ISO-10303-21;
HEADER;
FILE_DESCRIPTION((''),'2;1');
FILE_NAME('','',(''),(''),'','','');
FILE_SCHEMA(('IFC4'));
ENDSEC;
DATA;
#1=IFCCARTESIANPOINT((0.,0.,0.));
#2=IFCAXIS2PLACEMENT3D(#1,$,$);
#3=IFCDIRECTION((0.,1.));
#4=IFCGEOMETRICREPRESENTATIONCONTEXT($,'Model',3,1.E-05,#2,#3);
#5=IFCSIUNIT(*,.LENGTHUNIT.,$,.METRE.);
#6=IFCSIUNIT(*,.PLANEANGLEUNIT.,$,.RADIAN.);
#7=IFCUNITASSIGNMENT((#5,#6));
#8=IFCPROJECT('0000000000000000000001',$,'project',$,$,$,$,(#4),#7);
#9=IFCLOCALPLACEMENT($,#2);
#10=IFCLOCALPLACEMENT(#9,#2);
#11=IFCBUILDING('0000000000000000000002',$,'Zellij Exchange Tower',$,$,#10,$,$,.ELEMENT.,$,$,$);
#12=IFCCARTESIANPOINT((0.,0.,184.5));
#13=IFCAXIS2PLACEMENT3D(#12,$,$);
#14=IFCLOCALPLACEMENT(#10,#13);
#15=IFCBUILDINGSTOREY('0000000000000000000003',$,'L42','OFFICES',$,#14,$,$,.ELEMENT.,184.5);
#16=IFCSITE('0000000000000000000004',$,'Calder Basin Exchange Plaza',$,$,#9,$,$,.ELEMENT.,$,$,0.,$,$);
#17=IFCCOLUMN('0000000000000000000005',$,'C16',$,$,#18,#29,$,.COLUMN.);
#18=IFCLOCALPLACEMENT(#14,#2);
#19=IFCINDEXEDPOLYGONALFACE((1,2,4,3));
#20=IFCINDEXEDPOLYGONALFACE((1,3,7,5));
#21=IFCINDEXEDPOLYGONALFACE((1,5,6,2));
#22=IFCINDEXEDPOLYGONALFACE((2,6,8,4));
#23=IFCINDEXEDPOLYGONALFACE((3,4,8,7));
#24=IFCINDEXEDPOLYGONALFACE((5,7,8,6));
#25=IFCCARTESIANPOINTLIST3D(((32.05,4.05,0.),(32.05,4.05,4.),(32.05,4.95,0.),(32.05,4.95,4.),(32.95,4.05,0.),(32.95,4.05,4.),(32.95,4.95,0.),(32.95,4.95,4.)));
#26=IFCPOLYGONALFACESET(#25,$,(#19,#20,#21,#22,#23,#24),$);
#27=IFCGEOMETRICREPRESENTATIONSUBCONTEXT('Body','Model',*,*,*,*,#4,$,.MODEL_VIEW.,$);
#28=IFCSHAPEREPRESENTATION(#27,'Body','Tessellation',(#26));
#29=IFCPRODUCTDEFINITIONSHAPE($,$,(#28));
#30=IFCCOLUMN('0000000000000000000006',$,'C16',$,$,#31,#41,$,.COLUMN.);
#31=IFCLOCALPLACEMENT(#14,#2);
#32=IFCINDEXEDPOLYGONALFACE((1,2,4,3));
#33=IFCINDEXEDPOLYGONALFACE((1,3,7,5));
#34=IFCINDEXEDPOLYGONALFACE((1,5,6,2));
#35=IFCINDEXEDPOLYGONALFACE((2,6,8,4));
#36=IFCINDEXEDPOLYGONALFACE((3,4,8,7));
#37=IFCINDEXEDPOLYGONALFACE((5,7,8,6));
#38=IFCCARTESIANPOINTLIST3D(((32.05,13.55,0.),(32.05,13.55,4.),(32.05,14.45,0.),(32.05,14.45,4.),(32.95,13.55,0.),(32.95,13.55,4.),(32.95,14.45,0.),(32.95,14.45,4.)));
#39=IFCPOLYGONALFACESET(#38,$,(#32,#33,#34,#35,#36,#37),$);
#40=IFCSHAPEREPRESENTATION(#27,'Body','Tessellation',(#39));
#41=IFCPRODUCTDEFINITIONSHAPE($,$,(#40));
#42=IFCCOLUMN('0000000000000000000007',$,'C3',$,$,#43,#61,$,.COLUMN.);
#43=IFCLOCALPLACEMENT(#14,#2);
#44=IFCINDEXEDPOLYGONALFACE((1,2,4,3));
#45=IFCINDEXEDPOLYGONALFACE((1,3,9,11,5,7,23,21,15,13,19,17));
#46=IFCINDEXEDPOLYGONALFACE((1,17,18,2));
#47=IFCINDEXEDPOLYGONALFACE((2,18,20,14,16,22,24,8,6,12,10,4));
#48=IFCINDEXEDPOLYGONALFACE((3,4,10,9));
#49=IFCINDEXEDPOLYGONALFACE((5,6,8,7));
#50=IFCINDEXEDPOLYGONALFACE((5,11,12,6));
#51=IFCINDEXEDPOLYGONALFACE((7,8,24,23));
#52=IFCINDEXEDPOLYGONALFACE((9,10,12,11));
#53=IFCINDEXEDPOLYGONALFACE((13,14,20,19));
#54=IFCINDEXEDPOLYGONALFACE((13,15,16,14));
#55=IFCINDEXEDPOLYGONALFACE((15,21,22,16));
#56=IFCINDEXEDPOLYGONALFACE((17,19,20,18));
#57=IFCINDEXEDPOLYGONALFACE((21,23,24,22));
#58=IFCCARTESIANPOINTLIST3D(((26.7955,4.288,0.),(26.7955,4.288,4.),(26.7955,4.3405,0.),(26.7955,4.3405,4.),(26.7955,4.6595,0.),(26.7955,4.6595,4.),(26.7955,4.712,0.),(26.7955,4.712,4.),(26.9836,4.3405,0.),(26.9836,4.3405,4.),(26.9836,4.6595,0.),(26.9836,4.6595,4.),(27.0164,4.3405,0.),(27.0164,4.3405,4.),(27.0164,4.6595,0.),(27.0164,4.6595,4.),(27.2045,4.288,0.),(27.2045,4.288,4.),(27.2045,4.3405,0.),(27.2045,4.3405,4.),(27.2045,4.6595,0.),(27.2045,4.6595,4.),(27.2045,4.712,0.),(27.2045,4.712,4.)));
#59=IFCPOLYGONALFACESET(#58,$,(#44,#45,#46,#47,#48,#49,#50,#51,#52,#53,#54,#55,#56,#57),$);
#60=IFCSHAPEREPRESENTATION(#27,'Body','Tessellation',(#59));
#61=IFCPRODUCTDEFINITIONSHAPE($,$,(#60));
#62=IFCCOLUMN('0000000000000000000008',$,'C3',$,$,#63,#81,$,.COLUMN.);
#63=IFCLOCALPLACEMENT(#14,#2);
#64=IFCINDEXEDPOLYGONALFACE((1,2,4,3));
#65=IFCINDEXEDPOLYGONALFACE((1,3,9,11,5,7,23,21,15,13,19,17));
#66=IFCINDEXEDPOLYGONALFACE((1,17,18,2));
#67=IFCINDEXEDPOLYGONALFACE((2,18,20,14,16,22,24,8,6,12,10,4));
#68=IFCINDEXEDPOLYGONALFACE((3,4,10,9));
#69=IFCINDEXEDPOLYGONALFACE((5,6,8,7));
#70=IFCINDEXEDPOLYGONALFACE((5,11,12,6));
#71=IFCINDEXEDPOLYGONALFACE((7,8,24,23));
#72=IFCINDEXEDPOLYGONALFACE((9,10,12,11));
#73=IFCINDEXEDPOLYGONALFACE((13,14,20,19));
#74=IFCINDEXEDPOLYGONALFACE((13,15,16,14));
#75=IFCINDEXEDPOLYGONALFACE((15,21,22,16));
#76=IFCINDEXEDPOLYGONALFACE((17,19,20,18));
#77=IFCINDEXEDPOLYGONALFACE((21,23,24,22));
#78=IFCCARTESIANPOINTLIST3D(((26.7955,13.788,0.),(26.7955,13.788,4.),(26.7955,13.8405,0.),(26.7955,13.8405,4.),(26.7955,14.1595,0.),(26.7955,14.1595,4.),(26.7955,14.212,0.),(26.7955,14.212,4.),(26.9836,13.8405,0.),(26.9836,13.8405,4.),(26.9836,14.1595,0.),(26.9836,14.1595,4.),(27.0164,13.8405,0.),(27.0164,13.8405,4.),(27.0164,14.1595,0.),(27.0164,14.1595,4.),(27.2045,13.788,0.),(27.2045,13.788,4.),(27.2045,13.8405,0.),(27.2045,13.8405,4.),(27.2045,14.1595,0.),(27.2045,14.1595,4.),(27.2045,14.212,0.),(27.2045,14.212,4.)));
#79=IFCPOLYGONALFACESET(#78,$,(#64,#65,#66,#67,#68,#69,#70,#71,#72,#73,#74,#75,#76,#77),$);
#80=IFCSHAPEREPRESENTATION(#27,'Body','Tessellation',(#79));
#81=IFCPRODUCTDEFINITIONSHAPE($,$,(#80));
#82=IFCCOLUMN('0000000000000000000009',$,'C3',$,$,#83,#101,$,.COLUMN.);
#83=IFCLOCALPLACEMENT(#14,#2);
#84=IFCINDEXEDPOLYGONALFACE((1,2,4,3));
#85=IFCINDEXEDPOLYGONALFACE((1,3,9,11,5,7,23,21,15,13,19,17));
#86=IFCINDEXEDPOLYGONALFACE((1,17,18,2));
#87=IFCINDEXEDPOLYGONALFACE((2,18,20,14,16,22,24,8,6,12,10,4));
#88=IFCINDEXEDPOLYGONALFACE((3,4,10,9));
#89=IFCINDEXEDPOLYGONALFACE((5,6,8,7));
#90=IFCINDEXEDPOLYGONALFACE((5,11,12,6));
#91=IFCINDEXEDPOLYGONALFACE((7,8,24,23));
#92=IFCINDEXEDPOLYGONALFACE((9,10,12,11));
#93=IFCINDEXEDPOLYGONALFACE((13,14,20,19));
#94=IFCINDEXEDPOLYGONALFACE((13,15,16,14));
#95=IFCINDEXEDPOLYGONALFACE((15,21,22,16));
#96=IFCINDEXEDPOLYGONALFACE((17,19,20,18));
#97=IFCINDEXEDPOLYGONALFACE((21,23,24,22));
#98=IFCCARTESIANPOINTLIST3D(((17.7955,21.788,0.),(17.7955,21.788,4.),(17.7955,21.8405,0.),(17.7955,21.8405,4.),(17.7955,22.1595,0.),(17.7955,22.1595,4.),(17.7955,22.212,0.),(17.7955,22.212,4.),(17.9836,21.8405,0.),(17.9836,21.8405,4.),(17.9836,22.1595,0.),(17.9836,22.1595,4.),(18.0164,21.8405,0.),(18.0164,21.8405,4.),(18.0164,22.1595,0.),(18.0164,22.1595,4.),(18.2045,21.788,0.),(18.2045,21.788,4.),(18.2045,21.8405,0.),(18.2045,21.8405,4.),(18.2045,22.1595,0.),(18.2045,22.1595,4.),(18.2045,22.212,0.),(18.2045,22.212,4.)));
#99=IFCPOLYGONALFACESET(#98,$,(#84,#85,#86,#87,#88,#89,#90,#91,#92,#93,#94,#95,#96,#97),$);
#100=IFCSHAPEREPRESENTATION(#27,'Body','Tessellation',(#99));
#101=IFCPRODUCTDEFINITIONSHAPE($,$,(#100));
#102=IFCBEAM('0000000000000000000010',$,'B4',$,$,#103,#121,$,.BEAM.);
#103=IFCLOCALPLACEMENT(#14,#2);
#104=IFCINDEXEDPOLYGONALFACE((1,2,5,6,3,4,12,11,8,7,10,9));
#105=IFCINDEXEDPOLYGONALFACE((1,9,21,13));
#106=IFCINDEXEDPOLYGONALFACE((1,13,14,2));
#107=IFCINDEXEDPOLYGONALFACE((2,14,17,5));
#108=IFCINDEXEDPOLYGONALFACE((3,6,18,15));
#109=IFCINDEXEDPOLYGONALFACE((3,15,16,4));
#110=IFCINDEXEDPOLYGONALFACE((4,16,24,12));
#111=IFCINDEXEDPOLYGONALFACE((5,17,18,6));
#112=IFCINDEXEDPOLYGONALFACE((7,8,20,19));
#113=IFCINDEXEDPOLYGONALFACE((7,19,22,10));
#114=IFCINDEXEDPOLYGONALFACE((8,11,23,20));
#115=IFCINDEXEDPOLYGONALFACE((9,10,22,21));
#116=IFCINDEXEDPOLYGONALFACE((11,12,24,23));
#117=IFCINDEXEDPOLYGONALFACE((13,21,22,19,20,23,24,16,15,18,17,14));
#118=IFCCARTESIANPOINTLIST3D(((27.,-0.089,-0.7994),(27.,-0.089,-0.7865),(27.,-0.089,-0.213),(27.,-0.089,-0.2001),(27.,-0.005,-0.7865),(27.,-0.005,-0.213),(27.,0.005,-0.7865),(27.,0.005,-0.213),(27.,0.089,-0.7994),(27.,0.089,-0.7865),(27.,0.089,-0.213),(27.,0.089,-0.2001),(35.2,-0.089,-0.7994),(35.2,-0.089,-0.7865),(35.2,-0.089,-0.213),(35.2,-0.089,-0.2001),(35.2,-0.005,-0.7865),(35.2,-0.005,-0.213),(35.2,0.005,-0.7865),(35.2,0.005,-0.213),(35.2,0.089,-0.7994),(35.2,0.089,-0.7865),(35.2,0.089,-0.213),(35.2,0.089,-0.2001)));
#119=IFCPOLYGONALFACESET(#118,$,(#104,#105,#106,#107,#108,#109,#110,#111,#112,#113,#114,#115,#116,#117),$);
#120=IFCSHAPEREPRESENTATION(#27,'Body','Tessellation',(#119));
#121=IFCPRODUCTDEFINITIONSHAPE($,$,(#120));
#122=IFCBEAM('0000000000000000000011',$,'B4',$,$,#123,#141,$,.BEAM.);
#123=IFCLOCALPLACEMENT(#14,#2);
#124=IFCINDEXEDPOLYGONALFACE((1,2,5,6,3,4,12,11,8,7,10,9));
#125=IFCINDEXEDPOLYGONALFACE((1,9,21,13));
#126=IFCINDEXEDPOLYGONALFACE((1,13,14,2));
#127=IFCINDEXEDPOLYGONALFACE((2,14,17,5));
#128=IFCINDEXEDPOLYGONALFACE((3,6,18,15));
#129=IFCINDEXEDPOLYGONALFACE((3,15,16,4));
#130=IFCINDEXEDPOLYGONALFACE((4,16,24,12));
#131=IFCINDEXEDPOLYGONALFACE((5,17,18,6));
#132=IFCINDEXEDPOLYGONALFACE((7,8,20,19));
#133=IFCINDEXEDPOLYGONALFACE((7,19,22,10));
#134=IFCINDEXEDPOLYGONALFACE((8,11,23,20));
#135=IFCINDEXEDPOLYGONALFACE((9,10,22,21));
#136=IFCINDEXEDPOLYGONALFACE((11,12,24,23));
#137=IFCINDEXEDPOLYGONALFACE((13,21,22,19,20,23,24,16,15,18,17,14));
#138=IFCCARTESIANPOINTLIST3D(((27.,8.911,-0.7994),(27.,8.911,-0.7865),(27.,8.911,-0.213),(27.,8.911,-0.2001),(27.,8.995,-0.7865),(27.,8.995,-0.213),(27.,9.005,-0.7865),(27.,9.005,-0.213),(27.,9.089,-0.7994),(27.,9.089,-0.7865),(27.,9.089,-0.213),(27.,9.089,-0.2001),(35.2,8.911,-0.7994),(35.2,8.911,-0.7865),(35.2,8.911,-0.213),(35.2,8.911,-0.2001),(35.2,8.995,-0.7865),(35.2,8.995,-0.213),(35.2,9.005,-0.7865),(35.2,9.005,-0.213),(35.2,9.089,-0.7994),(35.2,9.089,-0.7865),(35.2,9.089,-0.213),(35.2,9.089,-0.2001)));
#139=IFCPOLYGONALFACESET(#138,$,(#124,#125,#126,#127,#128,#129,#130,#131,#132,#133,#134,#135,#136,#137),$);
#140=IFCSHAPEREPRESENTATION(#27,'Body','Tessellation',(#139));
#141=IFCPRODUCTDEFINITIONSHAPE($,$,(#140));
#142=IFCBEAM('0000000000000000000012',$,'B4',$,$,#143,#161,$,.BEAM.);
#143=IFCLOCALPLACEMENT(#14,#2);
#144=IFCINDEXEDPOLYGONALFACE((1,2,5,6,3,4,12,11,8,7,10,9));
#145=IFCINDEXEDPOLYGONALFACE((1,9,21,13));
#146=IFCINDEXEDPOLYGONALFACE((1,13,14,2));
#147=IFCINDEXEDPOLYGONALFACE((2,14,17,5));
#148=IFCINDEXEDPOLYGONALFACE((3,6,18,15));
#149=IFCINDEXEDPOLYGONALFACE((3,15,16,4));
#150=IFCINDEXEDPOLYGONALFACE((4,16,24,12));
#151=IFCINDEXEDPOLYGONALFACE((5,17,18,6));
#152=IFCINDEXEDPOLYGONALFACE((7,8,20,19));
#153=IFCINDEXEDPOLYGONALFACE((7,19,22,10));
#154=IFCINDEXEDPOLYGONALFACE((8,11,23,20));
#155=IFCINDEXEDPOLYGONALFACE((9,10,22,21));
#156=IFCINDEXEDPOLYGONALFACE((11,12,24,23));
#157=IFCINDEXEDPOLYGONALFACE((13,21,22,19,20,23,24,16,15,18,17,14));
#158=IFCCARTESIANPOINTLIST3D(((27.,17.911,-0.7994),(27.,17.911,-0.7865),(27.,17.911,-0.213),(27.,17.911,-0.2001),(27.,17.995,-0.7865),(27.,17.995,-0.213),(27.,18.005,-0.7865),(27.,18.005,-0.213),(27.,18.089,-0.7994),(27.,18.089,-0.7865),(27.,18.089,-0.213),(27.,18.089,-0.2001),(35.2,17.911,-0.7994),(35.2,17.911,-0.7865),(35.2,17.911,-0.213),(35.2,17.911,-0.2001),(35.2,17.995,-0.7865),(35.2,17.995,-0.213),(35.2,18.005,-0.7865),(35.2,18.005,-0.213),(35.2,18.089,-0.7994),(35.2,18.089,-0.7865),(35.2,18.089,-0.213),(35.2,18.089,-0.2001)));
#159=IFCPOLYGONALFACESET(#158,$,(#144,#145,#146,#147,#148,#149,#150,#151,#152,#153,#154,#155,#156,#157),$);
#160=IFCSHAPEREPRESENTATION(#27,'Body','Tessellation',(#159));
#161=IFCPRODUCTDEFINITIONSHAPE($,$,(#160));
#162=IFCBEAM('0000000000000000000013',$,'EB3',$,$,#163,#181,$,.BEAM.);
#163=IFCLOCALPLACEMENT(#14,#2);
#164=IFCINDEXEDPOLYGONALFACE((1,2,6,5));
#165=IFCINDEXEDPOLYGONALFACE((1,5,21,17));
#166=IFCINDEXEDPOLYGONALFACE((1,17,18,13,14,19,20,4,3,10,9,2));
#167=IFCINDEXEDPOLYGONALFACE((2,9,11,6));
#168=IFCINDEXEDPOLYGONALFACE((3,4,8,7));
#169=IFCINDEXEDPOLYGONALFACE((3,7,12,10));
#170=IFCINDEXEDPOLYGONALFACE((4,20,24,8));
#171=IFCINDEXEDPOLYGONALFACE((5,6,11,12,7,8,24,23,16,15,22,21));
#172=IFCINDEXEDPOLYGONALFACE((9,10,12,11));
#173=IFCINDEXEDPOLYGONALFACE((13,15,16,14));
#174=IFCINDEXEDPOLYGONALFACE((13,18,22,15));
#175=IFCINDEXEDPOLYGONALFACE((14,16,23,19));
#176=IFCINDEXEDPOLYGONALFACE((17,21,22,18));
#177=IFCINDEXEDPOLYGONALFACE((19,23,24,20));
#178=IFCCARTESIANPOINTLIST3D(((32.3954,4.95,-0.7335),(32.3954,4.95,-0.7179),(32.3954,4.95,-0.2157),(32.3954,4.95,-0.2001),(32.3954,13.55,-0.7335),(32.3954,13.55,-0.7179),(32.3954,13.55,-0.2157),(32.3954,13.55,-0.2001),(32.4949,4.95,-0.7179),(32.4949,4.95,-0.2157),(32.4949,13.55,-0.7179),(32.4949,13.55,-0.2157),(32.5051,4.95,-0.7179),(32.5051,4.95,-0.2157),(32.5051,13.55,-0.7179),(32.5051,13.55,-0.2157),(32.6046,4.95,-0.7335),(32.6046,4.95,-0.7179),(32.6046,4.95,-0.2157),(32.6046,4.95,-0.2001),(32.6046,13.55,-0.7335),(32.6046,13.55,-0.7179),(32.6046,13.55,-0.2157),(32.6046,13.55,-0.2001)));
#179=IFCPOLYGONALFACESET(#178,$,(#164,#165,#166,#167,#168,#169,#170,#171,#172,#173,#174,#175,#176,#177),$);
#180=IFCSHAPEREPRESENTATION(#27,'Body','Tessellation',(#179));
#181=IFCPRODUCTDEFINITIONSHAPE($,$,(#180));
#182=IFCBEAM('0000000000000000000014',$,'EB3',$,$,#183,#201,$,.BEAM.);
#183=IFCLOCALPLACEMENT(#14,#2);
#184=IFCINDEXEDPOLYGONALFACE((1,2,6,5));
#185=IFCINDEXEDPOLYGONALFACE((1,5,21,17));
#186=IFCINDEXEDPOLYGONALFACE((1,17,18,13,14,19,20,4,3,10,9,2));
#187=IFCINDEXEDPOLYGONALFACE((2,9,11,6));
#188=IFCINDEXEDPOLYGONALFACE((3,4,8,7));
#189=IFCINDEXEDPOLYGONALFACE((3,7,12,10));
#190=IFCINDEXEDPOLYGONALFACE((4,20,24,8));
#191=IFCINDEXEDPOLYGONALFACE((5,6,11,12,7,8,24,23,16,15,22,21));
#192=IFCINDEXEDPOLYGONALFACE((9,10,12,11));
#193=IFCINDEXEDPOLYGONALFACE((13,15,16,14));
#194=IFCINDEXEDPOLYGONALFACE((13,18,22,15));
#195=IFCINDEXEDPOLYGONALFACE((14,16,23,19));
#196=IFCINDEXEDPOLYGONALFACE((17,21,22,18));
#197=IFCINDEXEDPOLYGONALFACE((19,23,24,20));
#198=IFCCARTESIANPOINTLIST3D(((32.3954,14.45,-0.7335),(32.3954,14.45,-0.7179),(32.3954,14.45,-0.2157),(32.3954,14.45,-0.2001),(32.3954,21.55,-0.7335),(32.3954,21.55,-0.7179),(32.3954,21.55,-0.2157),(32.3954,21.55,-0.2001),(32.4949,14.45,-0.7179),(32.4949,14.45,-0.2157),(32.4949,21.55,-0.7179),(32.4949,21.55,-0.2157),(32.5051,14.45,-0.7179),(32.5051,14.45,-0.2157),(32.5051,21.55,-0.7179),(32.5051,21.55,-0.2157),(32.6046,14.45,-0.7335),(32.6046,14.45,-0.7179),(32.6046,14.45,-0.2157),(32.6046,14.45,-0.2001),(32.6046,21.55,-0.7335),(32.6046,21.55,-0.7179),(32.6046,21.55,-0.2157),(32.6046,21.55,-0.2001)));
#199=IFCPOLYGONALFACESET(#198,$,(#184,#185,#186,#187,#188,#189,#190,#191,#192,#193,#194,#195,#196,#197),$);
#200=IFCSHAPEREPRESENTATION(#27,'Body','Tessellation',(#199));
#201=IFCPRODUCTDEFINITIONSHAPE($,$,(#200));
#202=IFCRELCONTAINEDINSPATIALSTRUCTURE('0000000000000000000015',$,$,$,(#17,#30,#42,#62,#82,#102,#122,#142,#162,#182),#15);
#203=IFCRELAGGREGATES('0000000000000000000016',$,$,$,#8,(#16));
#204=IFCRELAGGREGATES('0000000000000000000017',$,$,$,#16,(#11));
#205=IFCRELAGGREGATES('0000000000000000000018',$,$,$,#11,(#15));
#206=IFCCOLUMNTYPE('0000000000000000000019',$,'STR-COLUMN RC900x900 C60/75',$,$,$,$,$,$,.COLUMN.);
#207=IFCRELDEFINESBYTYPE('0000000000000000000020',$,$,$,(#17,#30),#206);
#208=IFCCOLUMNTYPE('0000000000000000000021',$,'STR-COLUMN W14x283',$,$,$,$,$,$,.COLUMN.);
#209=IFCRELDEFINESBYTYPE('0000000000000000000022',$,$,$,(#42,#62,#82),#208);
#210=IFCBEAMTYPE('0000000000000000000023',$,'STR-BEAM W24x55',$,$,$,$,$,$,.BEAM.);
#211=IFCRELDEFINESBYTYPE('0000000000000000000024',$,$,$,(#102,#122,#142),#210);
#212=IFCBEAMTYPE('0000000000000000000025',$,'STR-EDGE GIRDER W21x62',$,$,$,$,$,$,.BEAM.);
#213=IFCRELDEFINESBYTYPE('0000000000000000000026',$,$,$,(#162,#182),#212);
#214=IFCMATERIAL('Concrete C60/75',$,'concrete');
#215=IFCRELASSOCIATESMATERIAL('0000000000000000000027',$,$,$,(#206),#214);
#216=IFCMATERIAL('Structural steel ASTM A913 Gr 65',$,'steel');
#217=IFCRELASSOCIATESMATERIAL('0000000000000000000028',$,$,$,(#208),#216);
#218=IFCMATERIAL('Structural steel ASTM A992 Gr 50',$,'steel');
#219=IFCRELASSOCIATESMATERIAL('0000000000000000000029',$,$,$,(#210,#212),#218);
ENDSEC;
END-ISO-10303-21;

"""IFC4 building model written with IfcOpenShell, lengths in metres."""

from ifc_helpers import new_model, si_unit, direction, frame, origin, origin_2d, place, context, subcontext, project, spatial, rectangle, i_section, extrude, material, material_profile, profile_set, type_object, element, save


model = new_model("IFC4")

# Units and contexts
model_context = context("Model", 3, precision=1e-05, world=origin(), true_north=direction((0.0, 1.0)))
body_context = subcontext(model_context, "Body", "Model", "MODEL_VIEW")
ifc_project = project(units=[si_unit("LENGTHUNIT", "METRE"), si_unit("PLANEANGLEUNIT", "RADIAN")], contexts=[model_context])

# Site, building, storey
site_placement = place(None, origin())
site = spatial("IfcSite", under=ifc_project, at=site_placement, Name="Calder Basin Exchange Plaza", CompositionType="ELEMENT", RefElevation=0.0)
building_placement = place(site_placement, origin())
building = spatial("IfcBuilding", under=site, at=building_placement, Name="Zellij Exchange Tower", CompositionType="ELEMENT")
storey_placement = place(building_placement, frame((0.0, 0.0, 184.5)))
storey = spatial("IfcBuildingStorey", under=building, at=storey_placement, Name="L42", Description="OFFICES", CompositionType="ELEMENT", Elevation=184.5)

# Columns
ifc_material_1 = material(Name="Concrete C60/75", Category="concrete")
ifc_material_profile_1 = material_profile(ifc_material_1, rectangle(XDim=0.8999, YDim=0.8999, at=origin_2d()), Name="STR-COLUMN RC900x900 C60/75")
ifc_profile_set_1 = profile_set([ifc_material_profile_1], Name="Concrete C60/75")
column_type_1 = type_object("IfcColumnType", Name="STR-COLUMN RC900x900 C60/75", PredefinedType="COLUMN", material=ifc_profile_set_1)
for number, where, z_axis, x_axis, name in (
    (1, (32.5, 4.5, 0.0), (0.0, 0.0, 1.0), (1.0, 0.0, 0.0), "C16"),
    (2, (32.5, 14.0, 0.0), (0.0, 0.0, 1.0), (1.0, 0.0, 0.0), "C16"),
):
    element("IfcColumn", number, at=place(storey_placement, frame(where, z_axis=z_axis, x_axis=x_axis)), inside=storey, type_object=column_type_1, Name=name, PredefinedType="COLUMN", context=body_context, shape_type="SweptSolid", body=[
        extrude(rectangle(XDim=0.8999, YDim=0.8999, at=origin_2d()), origin(), (0.0, 0.0, 1.0), 4.0),
    ])
ifc_material_2 = material(Name="Structural steel ASTM A913 Gr 65", Category="steel")
ifc_material_profile_2 = material_profile(ifc_material_2, i_section(OverallWidth=0.4089, OverallDepth=0.4241, WebThickness=0.0327, FlangeThickness=0.0525, at=origin_2d()), Name="W14x283")
ifc_profile_set_2 = profile_set([ifc_material_profile_2], Name="Structural steel ASTM A913 Gr 65")
column_type_2 = type_object("IfcColumnType", Name="STR-COLUMN W14x283", PredefinedType="COLUMN", material=ifc_profile_set_2)
for number, where, z_axis, x_axis, name in (
    (3, (27.0, 4.5, 0.0), (0.0, 0.0, 1.0), (1.0, 0.0, 0.0), "C3"),
    (4, (27.0, 14.0, 0.0), (0.0, 0.0, 1.0), (1.0, 0.0, 0.0), "C3"),
    (5, (18.0, 22.0, 0.0), (0.0, 0.0, 1.0), (1.0, 0.0, 0.0), "C3"),
):
    element("IfcColumn", number, at=place(storey_placement, frame(where, z_axis=z_axis, x_axis=x_axis)), inside=storey, type_object=column_type_2, Name=name, PredefinedType="COLUMN", context=body_context, shape_type="SweptSolid", body=[
        extrude(i_section(OverallWidth=0.4089, OverallDepth=0.4241, WebThickness=0.0327, FlangeThickness=0.0525, at=origin_2d()), origin(), (0.0, 0.0, 1.0), 4.0),
    ])

# Beams
ifc_material_3 = material(Name="Structural steel ASTM A992 Gr 50", Category="steel")
ifc_material_profile_3 = material_profile(ifc_material_3, i_section(OverallWidth=0.178, OverallDepth=0.5994, WebThickness=0.01, FlangeThickness=0.0129, at=origin_2d()), Name="W24x55")
ifc_profile_set_3 = profile_set([ifc_material_profile_3], Name="Structural steel ASTM A992 Gr 50")
beam_type_1 = type_object("IfcBeamType", Name="STR-BEAM W24x55", PredefinedType="BEAM", material=ifc_profile_set_3)
for number, where, z_axis, x_axis, name in (
    (6, (27.0, 0.0, -0.4998), (1.0, 0.0, 0.0), (0.0, 1.0, 0.0), "B4"),
    (7, (27.0, 9.0, -0.4998), (1.0, 0.0, 0.0), (0.0, 1.0, 0.0), "B4"),
    (8, (27.0, 18.0, -0.4998), (1.0, 0.0, 0.0), (0.0, 1.0, 0.0), "B4"),
):
    element("IfcBeam", number, at=place(storey_placement, frame(where, z_axis=z_axis, x_axis=x_axis)), inside=storey, type_object=beam_type_1, Name=name, PredefinedType="BEAM", context=body_context, shape_type="SweptSolid", body=[
        extrude(i_section(OverallWidth=0.178, OverallDepth=0.5994, WebThickness=0.01, FlangeThickness=0.0129, at=origin_2d()), origin(), (0.0, 0.0, 1.0), 8.2),
    ])
ifc_material_profile_4 = material_profile(ifc_material_3, i_section(OverallWidth=0.2092, OverallDepth=0.5334, WebThickness=0.0103, FlangeThickness=0.0156, at=origin_2d()), Name="W21x62")
ifc_profile_set_4 = profile_set([ifc_material_profile_4], Name="Structural steel ASTM A992 Gr 50")
beam_type_2 = type_object("IfcBeamType", Name="STR-EDGE GIRDER W21x62", PredefinedType="BEAM", material=ifc_profile_set_4)
beam_1_placement = place(storey_placement, frame((32.5, 4.95, -0.4668), z_axis=(0.0, 1.0, 0.0), x_axis=(-1.0, 0.0, 0.0)))
element("IfcBeam", 9, at=beam_1_placement, inside=storey, type_object=beam_type_2, Name="EB3", PredefinedType="BEAM", context=body_context, shape_type="SweptSolid", body=[
    extrude(i_section(OverallWidth=0.2092, OverallDepth=0.5334, WebThickness=0.0103, FlangeThickness=0.0156, at=origin_2d()), origin(), (0.0, 0.0, 1.0), 8.6001),
])
beam_2_placement = place(storey_placement, frame((32.5, 14.45, -0.4668), z_axis=(0.0, 1.0, 0.0), x_axis=(-1.0, 0.0, 0.0)))
element("IfcBeam", 10, at=beam_2_placement, inside=storey, type_object=beam_type_2, Name="EB3", PredefinedType="BEAM", context=body_context, shape_type="SweptSolid", body=[
    extrude(i_section(OverallWidth=0.2092, OverallDepth=0.5334, WebThickness=0.0103, FlangeThickness=0.0156, at=origin_2d()), origin(), (0.0, 0.0, 1.0), 7.1001),
])

save(model, "model.ifc")
